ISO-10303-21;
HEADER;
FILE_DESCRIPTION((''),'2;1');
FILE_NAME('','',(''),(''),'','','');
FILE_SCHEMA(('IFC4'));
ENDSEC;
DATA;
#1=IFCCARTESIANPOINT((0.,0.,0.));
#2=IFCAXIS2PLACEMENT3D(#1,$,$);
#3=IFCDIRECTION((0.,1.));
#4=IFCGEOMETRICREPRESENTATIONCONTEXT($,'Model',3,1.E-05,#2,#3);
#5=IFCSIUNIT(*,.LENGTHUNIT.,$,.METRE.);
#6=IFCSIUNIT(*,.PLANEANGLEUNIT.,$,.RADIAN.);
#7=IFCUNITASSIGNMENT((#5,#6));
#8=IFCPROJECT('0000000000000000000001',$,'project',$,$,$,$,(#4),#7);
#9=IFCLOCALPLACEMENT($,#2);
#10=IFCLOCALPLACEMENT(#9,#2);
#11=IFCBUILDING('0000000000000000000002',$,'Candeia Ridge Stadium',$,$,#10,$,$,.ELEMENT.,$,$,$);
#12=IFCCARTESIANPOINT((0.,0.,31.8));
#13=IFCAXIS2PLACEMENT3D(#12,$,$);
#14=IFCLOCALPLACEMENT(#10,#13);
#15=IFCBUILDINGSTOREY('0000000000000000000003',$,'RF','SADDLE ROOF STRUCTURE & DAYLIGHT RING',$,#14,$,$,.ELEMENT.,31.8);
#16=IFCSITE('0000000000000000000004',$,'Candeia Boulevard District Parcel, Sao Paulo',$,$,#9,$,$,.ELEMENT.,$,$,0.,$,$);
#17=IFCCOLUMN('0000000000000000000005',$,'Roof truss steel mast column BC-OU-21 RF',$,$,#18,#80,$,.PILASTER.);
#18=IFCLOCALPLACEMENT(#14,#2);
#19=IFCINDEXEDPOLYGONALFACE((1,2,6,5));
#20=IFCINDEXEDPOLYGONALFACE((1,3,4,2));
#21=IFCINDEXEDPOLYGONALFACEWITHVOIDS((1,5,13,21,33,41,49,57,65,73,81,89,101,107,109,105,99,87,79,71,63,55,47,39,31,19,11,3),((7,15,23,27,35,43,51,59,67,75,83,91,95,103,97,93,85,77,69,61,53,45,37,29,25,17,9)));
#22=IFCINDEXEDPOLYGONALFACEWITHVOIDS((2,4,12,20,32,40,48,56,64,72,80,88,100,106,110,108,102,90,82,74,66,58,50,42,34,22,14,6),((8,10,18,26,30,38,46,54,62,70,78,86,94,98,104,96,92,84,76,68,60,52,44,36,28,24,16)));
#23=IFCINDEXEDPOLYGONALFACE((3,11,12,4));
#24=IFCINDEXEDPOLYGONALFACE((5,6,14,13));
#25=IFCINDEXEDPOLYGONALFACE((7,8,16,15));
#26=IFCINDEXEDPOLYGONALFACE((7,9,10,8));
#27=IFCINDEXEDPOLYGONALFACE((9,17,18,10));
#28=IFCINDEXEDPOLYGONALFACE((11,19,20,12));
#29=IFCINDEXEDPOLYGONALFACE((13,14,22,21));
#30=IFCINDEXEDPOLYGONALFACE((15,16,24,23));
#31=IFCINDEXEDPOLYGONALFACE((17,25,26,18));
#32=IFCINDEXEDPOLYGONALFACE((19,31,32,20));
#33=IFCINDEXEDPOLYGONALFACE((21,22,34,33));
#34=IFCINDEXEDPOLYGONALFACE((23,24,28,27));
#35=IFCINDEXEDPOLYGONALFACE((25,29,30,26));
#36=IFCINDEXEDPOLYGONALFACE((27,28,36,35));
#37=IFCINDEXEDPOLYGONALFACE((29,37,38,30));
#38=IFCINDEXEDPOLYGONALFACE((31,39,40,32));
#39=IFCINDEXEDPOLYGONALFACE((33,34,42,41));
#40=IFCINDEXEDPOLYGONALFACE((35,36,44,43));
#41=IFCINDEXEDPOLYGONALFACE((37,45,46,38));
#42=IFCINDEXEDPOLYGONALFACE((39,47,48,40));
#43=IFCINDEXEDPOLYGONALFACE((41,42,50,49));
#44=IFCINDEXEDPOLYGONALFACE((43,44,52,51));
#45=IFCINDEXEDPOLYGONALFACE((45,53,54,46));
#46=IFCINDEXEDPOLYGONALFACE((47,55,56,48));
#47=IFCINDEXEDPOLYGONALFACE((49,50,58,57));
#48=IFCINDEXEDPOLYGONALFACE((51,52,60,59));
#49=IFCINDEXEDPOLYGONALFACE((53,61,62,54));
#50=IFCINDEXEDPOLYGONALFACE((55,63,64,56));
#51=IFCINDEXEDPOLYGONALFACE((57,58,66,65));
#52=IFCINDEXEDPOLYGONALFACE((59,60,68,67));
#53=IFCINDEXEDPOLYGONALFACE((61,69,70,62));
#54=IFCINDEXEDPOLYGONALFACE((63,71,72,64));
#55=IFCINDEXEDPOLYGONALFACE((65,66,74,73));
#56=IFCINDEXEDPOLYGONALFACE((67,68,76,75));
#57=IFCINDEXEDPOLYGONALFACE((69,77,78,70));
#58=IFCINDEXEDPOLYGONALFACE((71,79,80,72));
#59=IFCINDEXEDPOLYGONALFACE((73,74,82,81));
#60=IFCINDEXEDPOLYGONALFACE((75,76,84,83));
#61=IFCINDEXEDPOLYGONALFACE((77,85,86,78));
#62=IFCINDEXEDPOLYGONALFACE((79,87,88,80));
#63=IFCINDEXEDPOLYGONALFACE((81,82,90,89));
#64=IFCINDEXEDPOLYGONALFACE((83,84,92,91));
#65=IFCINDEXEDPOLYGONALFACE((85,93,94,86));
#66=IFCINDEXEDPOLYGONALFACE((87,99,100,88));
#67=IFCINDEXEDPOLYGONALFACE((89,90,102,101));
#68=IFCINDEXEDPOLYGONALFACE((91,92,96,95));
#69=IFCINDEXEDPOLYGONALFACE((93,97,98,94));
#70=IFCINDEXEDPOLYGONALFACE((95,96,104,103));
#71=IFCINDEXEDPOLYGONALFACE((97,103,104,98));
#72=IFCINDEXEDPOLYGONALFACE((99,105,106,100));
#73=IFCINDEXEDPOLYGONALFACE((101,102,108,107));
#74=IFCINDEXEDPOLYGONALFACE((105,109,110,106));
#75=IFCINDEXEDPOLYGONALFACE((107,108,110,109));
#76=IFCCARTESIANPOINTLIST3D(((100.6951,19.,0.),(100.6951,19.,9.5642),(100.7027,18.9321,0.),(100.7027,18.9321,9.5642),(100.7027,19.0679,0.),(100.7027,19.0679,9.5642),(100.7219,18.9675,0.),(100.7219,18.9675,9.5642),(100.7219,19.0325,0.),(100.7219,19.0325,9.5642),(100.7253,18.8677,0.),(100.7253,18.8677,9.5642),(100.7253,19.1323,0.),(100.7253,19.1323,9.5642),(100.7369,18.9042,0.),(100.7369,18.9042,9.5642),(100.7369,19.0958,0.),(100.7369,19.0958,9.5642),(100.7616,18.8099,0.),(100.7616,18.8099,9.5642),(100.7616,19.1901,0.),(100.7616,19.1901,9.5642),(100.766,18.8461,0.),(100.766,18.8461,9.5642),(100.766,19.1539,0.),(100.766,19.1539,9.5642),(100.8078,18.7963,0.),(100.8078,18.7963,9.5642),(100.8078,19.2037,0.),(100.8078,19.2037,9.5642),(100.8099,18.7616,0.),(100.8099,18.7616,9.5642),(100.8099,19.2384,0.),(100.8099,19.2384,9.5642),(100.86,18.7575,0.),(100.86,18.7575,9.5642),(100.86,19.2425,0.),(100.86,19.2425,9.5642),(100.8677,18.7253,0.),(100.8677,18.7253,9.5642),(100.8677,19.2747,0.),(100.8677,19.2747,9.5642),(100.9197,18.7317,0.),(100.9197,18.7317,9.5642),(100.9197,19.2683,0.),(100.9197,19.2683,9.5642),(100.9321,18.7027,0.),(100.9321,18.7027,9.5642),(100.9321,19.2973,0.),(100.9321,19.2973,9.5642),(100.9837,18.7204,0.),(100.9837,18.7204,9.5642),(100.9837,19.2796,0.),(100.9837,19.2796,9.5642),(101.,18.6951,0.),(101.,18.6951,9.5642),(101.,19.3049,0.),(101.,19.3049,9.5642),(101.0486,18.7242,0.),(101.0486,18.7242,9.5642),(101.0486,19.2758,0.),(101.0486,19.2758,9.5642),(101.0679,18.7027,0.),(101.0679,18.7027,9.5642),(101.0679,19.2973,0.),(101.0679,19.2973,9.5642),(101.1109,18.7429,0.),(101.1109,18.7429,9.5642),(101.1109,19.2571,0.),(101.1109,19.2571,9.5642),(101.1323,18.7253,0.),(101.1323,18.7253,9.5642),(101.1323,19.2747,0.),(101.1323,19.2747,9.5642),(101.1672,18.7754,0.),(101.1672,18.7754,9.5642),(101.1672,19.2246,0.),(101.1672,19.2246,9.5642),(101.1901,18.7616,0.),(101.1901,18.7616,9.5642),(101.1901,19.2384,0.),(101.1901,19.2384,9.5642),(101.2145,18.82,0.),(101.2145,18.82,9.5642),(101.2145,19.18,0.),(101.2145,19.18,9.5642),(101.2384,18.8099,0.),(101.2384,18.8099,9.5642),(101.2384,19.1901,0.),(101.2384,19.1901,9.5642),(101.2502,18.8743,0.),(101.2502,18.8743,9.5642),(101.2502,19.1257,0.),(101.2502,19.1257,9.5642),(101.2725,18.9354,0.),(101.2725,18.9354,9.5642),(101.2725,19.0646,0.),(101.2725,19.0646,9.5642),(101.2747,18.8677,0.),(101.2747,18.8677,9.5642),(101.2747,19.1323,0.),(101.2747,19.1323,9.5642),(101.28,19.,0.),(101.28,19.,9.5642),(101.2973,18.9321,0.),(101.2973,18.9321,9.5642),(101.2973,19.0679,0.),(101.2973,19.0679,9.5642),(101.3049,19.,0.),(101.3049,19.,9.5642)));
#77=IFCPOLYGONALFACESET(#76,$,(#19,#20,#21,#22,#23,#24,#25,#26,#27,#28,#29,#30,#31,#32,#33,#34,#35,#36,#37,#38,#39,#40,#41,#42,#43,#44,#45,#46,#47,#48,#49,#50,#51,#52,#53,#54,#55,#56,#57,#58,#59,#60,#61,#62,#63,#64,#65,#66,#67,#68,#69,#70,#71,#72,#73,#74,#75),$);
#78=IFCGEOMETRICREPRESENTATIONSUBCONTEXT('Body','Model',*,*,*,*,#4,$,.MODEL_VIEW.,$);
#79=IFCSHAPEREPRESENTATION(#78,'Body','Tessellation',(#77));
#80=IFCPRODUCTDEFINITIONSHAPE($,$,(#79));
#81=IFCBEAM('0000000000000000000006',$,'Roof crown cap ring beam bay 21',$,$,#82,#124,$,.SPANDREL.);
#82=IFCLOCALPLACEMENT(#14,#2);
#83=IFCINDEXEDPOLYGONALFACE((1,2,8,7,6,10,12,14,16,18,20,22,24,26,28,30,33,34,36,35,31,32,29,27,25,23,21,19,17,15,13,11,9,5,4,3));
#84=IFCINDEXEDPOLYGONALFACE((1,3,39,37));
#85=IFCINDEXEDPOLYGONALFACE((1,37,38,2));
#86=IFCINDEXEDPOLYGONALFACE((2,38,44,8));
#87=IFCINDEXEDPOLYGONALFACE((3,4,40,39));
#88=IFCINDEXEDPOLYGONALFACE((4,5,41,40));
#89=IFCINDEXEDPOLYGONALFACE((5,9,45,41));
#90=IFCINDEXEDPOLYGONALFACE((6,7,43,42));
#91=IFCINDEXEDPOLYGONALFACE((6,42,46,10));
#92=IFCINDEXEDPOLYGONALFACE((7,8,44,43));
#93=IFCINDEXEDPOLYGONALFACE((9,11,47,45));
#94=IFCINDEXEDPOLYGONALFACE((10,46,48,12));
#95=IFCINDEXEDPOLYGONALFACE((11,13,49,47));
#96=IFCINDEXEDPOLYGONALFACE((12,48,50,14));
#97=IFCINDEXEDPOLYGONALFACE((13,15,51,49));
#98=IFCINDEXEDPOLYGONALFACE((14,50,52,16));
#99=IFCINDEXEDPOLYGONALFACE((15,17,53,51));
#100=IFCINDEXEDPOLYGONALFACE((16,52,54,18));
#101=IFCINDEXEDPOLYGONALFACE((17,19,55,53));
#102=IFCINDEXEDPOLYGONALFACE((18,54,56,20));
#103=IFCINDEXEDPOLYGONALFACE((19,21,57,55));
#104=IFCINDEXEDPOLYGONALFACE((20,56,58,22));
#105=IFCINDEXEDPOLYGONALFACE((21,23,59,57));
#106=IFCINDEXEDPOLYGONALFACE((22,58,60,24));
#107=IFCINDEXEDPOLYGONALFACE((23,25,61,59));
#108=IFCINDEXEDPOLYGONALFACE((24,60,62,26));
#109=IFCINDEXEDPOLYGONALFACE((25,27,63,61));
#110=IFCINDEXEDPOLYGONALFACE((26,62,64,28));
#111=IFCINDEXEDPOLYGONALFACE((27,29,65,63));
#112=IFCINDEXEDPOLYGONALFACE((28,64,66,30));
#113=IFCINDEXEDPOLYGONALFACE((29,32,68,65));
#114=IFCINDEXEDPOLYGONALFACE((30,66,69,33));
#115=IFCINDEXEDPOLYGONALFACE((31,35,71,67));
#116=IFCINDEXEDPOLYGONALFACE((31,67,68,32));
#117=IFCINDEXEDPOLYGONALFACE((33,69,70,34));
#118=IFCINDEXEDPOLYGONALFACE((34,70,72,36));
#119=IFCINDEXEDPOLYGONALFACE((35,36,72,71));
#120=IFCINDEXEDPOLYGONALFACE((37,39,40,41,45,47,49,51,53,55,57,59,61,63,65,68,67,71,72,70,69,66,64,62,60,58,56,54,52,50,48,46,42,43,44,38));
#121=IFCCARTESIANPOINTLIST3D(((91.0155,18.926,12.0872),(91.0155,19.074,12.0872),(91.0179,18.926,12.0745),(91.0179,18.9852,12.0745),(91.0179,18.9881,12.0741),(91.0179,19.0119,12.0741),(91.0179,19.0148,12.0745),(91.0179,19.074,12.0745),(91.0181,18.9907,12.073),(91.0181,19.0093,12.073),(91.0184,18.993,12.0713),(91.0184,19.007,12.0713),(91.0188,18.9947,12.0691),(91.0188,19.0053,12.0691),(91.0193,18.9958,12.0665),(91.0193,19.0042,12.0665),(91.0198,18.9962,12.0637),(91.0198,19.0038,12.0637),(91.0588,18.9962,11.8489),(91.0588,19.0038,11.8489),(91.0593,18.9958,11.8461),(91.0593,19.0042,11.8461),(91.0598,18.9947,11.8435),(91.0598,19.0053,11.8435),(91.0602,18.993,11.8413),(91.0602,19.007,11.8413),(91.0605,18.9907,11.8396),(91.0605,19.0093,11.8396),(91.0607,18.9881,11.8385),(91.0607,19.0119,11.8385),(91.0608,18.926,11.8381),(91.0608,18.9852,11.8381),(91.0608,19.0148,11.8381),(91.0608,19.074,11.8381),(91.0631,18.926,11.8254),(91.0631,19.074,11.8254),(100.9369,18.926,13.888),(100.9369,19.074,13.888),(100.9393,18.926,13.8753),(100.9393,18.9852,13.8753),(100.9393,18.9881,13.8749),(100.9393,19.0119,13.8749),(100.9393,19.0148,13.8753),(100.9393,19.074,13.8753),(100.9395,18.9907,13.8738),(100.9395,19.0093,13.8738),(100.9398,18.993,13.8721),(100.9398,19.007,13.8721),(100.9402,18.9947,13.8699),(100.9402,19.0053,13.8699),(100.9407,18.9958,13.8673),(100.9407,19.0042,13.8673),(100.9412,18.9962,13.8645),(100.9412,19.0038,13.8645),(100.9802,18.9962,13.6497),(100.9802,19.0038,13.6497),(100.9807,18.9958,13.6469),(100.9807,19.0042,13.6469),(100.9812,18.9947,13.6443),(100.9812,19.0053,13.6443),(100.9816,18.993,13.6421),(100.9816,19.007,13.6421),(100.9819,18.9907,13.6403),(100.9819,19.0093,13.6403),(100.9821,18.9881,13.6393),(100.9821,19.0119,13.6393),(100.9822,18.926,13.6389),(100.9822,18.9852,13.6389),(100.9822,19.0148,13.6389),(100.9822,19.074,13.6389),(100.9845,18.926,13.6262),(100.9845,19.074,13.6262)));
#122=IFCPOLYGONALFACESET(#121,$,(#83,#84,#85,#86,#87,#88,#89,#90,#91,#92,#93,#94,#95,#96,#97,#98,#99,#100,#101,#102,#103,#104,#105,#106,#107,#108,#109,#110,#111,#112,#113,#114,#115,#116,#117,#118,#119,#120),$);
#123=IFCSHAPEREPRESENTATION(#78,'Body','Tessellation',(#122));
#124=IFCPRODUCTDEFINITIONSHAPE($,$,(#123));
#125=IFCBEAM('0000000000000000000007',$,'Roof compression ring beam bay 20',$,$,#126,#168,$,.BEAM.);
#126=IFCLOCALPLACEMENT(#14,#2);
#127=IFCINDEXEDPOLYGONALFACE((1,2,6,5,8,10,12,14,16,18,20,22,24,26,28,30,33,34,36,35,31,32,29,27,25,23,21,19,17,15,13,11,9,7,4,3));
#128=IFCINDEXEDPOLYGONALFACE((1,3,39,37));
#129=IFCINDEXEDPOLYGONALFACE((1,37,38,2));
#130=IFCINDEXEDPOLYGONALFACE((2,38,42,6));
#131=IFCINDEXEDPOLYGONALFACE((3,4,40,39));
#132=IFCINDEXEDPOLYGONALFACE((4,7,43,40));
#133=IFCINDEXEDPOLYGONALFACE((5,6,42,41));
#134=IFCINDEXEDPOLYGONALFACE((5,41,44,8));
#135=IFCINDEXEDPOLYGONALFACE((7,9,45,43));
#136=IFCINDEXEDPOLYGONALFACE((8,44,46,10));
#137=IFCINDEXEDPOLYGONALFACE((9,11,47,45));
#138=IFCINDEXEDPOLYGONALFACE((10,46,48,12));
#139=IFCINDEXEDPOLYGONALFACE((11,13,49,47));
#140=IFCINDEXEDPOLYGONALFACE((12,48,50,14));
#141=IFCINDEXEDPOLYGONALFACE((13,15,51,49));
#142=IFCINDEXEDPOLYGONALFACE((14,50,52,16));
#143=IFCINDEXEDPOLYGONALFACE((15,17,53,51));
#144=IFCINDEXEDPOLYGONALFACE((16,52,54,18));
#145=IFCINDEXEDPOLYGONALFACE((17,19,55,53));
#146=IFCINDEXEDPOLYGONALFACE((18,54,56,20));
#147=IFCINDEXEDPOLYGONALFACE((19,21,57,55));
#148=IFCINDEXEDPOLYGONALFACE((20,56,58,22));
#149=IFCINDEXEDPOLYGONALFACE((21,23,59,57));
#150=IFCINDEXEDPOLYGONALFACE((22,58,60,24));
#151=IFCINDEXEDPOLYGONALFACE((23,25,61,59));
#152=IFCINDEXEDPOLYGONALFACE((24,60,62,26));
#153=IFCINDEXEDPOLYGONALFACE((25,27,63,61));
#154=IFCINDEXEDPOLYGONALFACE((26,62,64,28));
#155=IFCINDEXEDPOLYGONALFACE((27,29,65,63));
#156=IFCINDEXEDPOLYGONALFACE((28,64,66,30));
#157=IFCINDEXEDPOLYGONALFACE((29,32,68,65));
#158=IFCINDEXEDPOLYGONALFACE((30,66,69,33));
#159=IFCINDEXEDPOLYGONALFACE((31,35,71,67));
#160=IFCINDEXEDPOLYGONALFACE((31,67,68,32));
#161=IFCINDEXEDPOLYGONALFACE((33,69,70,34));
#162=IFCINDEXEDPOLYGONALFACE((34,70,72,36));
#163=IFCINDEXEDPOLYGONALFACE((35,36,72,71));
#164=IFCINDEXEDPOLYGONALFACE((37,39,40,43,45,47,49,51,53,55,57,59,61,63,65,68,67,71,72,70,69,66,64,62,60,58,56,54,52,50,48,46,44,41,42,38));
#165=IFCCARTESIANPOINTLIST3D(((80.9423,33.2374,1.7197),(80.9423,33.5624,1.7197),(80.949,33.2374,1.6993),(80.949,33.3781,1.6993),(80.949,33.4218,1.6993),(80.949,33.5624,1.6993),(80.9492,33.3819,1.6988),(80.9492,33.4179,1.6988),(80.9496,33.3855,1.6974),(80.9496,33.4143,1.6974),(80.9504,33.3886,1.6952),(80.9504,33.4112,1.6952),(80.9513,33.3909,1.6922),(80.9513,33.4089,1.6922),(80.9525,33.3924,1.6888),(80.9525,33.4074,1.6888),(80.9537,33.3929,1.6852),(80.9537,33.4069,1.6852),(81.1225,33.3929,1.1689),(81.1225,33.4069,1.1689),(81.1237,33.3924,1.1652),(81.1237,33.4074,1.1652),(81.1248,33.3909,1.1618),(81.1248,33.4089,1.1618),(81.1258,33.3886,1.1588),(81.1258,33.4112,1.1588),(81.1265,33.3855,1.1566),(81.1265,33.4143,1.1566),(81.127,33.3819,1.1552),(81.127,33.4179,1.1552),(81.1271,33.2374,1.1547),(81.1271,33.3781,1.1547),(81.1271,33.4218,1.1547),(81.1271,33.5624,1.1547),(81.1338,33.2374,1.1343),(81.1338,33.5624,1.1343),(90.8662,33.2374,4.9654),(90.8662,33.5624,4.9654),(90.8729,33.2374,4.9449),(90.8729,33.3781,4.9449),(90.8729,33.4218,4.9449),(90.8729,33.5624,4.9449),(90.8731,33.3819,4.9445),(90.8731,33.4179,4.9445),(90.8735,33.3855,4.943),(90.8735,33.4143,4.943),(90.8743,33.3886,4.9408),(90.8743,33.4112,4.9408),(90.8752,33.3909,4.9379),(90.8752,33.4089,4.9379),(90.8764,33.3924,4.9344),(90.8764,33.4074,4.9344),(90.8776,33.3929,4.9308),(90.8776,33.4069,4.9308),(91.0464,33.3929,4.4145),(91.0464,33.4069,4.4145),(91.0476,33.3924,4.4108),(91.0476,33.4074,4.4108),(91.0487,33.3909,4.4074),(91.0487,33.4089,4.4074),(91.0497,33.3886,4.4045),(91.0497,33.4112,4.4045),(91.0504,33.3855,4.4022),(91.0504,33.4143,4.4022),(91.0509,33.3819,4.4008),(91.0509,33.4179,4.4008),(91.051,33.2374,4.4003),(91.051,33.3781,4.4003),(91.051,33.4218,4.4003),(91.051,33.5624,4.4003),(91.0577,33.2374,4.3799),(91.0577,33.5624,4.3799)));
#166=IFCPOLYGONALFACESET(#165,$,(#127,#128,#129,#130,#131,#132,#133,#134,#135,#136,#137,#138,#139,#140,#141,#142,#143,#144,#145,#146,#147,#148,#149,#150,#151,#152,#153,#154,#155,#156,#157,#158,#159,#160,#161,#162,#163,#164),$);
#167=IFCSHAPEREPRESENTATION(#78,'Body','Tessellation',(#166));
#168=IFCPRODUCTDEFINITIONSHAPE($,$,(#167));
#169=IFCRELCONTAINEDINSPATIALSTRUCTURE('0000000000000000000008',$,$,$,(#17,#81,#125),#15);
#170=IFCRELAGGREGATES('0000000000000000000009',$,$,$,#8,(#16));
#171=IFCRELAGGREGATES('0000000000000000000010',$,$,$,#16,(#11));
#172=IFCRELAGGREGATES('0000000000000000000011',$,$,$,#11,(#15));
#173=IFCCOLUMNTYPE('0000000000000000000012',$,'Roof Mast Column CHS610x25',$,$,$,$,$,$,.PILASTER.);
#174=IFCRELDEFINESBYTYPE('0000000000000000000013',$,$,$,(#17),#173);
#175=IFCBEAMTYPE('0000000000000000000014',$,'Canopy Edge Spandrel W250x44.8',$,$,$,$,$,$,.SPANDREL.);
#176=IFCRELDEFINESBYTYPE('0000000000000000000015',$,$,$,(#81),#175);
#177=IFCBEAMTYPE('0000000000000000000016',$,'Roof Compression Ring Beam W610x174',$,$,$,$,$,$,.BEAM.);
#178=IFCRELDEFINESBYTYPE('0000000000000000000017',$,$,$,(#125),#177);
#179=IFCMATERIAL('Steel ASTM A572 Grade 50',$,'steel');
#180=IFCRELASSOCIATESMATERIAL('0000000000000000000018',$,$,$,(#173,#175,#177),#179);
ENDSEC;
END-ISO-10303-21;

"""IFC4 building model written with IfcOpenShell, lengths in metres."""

from ifc_helpers import new_model, si_unit, direction, frame, origin, origin_2d, place, context, subcontext, project, spatial, hollow_circle, i_section, extrude, material, material_profile, profile_set, type_object, element, save


model = new_model("IFC4")

# Units and contexts
model_context = context("Model", 3, precision=1e-05, world=origin(), true_north=direction((0.0, 1.0)))
body_context = subcontext(model_context, "Body", "Model", "MODEL_VIEW")
ifc_project = project(units=[si_unit("LENGTHUNIT", "METRE"), si_unit("PLANEANGLEUNIT", "RADIAN")], contexts=[model_context])

# Site, building, storey
site_placement = place(None, origin())
site = spatial("IfcSite", under=ifc_project, at=site_placement, Name="Candeia Boulevard District Parcel, Sao Paulo", CompositionType="ELEMENT", RefElevation=0.0)
building_placement = place(site_placement, origin())
building = spatial("IfcBuilding", under=site, at=building_placement, Name="Candeia Ridge Stadium", CompositionType="ELEMENT")
storey_placement = place(building_placement, frame((0.0, 0.0, 31.8)))
storey = spatial("IfcBuildingStorey", under=building, at=storey_placement, Name="RF", Description="SADDLE ROOF STRUCTURE & DAYLIGHT RING", CompositionType="ELEMENT", Elevation=31.8)

# Column
ifc_material = material(Name="Steel ASTM A572 Grade 50", Category="steel")
ifc_material_profile_1 = material_profile(ifc_material, hollow_circle(Radius=0.3049, WallThickness=0.0249, at=origin_2d()), Name="CHS610x25", Category="steel")
ifc_profile_set_1 = profile_set([ifc_material_profile_1], Name="Steel ASTM A572 Grade 50")
column_type = type_object("IfcColumnType", Name="Roof Mast Column CHS610x25", PredefinedType="PILASTER", material=ifc_profile_set_1)
column_placement = place(storey_placement, frame((101.0, 19.0, 0.0), z_axis=(0.0, 0.0, 1.0), x_axis=(1.0, 0.0, 0.0)))
element("IfcColumn", 1, at=column_placement, inside=storey, type_object=column_type, Name="Roof truss steel mast column BC-OU-21 RF", PredefinedType="PILASTER", context=body_context, shape_type="SweptSolid", body=[
    extrude(hollow_circle(Radius=0.3049, WallThickness=0.0249, at=origin_2d()), origin(), (0.0, 0.0, 1.0), 9.5642),
])

# Beams
ifc_material_profile_2 = material_profile(ifc_material, i_section(OverallWidth=0.1479, OverallDepth=0.2661, WebThickness=0.0076, FlangeThickness=0.0129, FilletRadius=0.011, at=origin_2d()), Name="W250x44.8", Category="steel")
ifc_profile_set_2 = profile_set([ifc_material_profile_2], Name="Steel ASTM A572 Grade 50")
beam_type_1 = type_object("IfcBeamType", Name="Canopy Edge Spandrel W250x44.8", PredefinedType="SPANDREL", material=ifc_profile_set_2)
beam_1_placement = place(storey_placement, frame((91.0393, 19.0, 11.9563), z_axis=(0.983924, 0.0, 0.178587), x_axis=(0.0, 1.0, 0.0)))
element("IfcBeam", 2, at=beam_1_placement, inside=storey, type_object=beam_type_1, Name="Roof crown cap ring beam bay 21", PredefinedType="SPANDREL", context=body_context, shape_type="SweptSolid", body=[
    extrude(i_section(OverallWidth=0.1479, OverallDepth=0.2661, WebThickness=0.0076, FlangeThickness=0.0129, FilletRadius=0.011, at=origin_2d()), origin(), (0.0, 0.0, 1.0), 10.0835),
])
ifc_material_profile_3 = material_profile(ifc_material, i_section(OverallWidth=0.325, OverallDepth=0.616, WebThickness=0.0139, FlangeThickness=0.0215, FilletRadius=0.0149, at=origin_2d()), Name="W610x174", Category="steel")
ifc_profile_set_3 = profile_set([ifc_material_profile_3], Name="Steel ASTM A572 Grade 50")
beam_type_2 = type_object("IfcBeamType", Name="Roof Compression Ring Beam W610x174", PredefinedType="BEAM", material=ifc_profile_set_3)
beam_2_placement = place(storey_placement, frame((81.0381, 33.3999, 1.427), z_axis=(0.950459, 0.0, 0.310849), x_axis=(0.0, 1.0, 0.0)))
element("IfcBeam", 3, at=beam_2_placement, inside=storey, type_object=beam_type_2, Name="Roof compression ring beam bay 20", PredefinedType="BEAM", context=body_context, shape_type="SweptSolid", body=[
    extrude(i_section(OverallWidth=0.325, OverallDepth=0.616, WebThickness=0.0139, FlangeThickness=0.0215, FilletRadius=0.0149, at=origin_2d()), origin(), (0.0, 0.0, 1.0), 10.4412),
])

save(model, "model.ifc")
